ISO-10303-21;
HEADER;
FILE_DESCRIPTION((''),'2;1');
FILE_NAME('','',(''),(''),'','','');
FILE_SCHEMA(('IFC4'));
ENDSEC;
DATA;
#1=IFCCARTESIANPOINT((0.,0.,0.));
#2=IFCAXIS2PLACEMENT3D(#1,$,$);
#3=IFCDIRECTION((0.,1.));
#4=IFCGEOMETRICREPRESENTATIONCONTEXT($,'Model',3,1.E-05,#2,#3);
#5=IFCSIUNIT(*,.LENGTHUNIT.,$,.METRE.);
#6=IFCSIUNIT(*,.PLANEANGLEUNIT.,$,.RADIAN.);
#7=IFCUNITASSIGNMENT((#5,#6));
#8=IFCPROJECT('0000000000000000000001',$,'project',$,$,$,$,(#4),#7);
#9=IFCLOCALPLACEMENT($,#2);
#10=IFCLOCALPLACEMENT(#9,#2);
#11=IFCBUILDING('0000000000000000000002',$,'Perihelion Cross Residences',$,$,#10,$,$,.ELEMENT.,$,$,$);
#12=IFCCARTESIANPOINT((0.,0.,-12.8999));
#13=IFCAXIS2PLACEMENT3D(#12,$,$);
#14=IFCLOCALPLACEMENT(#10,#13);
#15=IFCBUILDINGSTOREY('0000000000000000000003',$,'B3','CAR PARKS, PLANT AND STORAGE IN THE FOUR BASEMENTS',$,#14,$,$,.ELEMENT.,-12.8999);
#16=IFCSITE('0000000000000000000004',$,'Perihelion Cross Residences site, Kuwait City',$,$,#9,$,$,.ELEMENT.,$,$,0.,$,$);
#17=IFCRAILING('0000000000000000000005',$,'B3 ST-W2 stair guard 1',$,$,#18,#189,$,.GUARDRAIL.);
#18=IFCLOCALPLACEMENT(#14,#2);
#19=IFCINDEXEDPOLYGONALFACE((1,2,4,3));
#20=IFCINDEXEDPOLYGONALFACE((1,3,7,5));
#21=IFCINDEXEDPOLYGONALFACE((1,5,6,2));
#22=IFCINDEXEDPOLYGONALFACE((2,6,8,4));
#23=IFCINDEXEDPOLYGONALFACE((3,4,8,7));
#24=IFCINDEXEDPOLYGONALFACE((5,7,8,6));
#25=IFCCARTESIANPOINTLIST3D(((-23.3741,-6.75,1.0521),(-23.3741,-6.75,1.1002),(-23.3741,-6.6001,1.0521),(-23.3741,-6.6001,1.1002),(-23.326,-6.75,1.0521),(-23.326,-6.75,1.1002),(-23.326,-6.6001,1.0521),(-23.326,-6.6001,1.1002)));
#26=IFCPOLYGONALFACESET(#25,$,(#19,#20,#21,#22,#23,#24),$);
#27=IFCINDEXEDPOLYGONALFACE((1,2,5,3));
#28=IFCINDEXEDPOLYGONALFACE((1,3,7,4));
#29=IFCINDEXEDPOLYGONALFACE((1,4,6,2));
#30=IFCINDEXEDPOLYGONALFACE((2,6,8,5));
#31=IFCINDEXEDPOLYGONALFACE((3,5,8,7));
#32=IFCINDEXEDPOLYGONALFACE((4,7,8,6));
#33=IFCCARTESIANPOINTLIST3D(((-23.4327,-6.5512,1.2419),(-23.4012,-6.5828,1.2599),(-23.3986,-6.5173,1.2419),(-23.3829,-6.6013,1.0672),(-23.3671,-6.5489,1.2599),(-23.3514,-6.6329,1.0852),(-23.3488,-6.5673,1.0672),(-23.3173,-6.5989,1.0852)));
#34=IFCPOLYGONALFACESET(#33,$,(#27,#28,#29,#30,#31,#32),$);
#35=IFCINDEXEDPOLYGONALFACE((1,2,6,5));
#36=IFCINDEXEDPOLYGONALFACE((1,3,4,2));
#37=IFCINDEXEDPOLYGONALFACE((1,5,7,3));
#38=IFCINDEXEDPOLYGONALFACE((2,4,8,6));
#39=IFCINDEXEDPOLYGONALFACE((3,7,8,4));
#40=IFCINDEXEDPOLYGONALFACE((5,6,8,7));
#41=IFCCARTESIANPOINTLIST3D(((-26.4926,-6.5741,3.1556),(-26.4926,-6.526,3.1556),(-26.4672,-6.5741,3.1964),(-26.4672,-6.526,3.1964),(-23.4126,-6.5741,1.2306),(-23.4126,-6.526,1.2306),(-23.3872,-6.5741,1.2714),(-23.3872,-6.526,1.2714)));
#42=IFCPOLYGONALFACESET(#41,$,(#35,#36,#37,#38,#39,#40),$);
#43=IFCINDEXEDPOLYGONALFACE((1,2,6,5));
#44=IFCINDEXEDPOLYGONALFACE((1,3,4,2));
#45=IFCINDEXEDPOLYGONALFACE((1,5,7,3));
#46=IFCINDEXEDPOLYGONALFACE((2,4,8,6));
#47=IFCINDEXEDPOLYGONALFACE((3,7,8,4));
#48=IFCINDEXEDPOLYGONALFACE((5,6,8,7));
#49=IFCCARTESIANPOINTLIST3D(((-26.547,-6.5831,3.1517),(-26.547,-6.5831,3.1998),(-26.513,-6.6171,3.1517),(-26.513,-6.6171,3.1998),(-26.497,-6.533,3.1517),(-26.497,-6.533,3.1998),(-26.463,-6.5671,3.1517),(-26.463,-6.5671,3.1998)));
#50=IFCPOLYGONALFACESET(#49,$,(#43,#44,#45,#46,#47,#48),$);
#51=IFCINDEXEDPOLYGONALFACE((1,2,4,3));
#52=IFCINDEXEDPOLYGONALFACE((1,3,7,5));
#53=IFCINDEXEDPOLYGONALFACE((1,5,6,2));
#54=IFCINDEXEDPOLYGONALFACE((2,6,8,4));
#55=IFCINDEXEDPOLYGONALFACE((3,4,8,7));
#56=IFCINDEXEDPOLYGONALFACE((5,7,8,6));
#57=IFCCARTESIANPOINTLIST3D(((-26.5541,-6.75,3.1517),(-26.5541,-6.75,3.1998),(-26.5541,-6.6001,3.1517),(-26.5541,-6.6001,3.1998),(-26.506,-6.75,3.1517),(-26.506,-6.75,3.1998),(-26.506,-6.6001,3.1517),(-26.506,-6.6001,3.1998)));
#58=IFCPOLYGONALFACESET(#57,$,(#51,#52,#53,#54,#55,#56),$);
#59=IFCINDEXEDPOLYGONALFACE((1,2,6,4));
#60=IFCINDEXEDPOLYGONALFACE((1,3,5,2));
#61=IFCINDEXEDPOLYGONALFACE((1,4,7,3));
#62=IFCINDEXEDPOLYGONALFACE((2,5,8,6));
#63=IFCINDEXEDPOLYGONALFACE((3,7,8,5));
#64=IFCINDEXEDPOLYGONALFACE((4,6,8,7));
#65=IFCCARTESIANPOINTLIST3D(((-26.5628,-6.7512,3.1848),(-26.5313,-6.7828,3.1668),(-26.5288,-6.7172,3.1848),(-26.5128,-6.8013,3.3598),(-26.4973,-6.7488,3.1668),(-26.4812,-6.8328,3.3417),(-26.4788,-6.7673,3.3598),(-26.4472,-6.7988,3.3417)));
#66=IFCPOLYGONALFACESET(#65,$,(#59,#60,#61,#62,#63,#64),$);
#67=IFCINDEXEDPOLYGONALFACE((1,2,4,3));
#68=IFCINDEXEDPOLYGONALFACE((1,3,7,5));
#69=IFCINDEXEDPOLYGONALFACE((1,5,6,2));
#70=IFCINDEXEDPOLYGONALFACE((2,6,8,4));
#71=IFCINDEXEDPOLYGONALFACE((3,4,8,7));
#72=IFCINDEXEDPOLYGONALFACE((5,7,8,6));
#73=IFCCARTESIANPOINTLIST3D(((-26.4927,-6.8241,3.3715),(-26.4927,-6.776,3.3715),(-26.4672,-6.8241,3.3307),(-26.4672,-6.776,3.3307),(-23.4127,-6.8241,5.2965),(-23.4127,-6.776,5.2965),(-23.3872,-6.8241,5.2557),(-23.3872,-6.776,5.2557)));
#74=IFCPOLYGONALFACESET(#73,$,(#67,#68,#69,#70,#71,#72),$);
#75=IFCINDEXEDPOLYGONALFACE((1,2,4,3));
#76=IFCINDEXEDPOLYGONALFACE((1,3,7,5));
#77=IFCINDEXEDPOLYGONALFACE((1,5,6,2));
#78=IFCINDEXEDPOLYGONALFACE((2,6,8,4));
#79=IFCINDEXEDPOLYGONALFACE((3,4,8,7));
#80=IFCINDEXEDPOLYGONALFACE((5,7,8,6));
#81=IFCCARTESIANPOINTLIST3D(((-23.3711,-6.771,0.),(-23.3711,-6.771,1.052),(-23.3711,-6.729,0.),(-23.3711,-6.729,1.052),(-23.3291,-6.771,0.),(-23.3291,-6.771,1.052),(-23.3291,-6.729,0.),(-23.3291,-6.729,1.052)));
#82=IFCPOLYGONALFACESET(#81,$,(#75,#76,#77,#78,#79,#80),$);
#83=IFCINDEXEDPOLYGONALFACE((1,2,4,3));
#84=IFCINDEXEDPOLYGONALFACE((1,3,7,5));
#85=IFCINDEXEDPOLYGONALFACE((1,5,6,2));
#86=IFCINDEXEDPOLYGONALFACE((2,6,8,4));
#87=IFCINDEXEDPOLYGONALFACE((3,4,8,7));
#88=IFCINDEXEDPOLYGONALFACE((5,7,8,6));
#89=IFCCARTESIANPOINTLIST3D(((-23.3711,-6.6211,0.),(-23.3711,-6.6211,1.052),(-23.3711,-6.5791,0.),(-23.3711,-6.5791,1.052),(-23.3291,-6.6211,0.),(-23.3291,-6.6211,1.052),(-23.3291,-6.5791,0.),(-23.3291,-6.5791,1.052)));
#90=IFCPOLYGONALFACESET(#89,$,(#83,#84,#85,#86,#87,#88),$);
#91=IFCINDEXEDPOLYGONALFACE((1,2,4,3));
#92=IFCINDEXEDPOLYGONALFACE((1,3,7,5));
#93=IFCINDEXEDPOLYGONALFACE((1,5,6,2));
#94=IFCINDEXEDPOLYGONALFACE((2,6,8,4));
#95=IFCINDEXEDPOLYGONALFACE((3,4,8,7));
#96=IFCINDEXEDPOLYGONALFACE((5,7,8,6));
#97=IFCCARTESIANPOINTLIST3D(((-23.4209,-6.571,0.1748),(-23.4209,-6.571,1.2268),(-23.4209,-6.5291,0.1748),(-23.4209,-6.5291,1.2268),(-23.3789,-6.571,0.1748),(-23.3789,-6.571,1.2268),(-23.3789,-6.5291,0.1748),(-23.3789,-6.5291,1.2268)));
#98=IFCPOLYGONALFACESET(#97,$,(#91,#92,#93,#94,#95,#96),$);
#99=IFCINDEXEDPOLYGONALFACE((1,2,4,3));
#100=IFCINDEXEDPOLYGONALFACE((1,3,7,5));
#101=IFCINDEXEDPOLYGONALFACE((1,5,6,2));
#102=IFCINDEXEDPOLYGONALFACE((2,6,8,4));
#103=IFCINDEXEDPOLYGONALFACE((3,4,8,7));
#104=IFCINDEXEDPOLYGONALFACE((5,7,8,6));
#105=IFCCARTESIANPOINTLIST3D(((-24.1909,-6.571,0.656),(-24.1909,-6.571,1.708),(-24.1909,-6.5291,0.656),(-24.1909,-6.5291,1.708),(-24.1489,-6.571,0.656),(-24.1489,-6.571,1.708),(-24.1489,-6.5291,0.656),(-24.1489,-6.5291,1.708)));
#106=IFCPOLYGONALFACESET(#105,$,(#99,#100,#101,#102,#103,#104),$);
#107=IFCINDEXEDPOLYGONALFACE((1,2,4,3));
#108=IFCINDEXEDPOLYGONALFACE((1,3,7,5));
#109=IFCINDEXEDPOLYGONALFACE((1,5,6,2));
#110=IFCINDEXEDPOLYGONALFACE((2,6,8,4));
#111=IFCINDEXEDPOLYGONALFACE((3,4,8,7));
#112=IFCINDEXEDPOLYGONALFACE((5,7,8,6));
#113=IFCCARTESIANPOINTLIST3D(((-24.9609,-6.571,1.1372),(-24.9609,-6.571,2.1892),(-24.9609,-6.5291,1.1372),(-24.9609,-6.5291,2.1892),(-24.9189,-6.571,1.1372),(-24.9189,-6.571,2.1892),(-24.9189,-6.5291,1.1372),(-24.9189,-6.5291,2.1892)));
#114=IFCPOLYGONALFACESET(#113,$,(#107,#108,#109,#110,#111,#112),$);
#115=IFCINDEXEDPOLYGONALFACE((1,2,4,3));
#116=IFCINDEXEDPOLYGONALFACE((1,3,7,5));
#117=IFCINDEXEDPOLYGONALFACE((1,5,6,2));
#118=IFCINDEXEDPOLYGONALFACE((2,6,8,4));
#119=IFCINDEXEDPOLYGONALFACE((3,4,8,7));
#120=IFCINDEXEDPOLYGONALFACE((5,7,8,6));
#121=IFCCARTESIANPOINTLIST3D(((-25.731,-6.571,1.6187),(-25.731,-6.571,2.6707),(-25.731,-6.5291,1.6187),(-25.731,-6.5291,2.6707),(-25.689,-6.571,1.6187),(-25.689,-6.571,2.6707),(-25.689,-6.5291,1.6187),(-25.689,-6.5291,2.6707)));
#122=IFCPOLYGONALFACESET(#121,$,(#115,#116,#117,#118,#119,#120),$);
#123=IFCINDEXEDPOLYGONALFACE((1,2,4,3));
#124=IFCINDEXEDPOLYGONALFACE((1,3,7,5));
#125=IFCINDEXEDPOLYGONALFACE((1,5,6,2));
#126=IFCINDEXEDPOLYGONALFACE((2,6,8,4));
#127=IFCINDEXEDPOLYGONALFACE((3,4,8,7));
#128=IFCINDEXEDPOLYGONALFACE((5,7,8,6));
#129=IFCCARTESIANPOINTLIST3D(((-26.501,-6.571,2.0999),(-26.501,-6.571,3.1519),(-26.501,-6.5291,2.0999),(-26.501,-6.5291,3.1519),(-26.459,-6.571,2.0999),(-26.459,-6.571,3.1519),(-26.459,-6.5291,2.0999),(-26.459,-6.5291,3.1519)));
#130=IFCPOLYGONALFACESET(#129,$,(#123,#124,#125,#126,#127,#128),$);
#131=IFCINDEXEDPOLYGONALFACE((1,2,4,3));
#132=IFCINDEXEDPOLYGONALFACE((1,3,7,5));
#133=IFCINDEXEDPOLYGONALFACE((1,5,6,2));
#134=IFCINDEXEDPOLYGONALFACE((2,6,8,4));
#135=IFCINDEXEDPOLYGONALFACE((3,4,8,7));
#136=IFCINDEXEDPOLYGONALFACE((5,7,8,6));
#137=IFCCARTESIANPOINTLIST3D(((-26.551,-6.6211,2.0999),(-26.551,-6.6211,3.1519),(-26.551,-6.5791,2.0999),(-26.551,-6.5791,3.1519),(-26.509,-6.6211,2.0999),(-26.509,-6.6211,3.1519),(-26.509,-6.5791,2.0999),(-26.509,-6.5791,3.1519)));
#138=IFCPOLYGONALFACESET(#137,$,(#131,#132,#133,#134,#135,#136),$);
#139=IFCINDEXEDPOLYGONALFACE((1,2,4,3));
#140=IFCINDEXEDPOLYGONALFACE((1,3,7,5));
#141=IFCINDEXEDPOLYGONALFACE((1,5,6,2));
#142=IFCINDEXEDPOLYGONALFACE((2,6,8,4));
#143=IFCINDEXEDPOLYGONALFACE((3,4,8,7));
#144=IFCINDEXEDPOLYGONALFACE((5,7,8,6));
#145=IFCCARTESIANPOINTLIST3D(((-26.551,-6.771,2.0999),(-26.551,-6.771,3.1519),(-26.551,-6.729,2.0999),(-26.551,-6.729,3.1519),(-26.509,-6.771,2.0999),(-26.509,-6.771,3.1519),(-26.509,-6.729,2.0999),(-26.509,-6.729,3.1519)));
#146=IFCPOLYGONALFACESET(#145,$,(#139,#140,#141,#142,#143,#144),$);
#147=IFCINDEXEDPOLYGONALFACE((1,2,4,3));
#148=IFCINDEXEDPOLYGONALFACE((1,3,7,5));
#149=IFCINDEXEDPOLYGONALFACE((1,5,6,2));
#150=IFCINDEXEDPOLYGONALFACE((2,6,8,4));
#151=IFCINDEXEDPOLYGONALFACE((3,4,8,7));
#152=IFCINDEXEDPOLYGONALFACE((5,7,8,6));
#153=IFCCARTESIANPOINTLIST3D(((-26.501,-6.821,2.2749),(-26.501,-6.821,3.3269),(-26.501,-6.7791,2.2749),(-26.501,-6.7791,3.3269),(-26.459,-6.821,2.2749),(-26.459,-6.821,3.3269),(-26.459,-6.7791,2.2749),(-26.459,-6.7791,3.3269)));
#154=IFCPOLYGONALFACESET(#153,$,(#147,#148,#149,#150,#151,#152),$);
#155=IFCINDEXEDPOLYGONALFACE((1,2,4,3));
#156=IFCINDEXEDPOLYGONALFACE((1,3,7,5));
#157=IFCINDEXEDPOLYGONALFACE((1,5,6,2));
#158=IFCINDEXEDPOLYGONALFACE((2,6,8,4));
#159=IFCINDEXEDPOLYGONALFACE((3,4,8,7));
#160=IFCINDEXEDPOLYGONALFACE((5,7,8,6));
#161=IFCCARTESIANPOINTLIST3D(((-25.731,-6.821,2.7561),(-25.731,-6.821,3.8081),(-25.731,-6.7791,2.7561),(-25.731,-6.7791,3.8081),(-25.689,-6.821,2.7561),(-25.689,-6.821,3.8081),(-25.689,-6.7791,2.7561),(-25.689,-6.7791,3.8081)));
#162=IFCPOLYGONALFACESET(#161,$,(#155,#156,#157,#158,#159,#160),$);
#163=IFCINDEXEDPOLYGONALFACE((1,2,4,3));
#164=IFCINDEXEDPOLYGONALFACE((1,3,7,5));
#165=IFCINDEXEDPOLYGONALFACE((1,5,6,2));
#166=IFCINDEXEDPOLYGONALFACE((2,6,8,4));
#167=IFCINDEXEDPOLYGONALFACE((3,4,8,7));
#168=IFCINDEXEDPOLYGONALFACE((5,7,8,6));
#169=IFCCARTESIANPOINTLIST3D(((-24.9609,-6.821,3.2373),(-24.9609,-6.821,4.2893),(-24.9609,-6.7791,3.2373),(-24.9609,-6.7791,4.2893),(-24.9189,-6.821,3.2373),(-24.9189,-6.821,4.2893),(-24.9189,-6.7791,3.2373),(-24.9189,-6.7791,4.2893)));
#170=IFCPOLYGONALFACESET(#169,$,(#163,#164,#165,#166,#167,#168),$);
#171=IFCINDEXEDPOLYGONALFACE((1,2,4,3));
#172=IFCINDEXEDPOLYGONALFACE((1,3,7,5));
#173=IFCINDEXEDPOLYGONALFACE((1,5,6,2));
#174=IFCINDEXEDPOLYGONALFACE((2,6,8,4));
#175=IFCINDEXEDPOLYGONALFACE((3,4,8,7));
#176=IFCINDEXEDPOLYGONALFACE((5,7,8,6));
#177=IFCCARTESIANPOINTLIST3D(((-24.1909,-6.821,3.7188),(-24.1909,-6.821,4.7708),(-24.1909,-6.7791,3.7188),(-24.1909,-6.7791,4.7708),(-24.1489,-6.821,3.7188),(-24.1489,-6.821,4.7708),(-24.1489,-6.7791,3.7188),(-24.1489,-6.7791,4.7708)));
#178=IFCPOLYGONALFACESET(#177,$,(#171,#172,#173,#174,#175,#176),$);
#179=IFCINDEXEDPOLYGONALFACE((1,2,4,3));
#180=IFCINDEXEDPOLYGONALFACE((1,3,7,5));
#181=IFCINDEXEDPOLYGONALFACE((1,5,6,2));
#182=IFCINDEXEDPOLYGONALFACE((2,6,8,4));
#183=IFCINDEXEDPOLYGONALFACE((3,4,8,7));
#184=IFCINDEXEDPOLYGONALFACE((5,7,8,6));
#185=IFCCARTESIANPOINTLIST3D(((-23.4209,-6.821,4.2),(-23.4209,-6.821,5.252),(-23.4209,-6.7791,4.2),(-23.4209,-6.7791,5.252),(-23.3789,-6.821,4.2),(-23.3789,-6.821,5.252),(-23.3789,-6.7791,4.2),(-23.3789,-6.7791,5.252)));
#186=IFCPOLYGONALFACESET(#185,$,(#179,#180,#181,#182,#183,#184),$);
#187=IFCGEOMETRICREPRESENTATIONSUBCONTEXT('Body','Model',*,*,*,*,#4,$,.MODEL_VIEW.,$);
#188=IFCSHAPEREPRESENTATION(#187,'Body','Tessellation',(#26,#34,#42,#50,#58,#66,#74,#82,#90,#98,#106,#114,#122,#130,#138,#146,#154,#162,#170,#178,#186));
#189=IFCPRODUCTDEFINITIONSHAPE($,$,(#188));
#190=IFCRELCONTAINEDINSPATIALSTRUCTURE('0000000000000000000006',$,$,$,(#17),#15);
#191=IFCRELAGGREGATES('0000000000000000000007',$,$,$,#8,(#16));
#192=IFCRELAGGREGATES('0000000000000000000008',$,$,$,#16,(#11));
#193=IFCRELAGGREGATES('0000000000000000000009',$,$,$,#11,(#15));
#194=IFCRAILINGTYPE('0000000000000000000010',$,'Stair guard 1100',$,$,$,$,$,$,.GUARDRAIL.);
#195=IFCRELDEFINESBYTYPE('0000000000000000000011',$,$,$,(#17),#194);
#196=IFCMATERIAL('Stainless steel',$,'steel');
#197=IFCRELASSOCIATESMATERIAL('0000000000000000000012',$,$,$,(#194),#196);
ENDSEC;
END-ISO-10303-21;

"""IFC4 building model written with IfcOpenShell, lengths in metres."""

from ifc_helpers import new_model, si_unit, direction, frame, origin, origin_2d, place, context, subcontext, project, spatial, rectangle, extrude, material, type_object, element, save


model = new_model("IFC4")

# Units and contexts
model_context = context("Model", 3, precision=1e-05, world=origin(), true_north=direction((0.0, 1.0)))
body_context = subcontext(model_context, "Body", "Model", "MODEL_VIEW")
ifc_project = project(units=[si_unit("LENGTHUNIT", "METRE"), si_unit("PLANEANGLEUNIT", "RADIAN")], contexts=[model_context])

# Site, building, storey
site_placement = place(None, origin())
site = spatial("IfcSite", under=ifc_project, at=site_placement, Name="Perihelion Cross Residences site, Kuwait City", CompositionType="ELEMENT", RefElevation=0.0)
building_placement = place(site_placement, origin())
building = spatial("IfcBuilding", under=site, at=building_placement, Name="Perihelion Cross Residences", CompositionType="ELEMENT")
storey_placement = place(building_placement, frame((0.0, 0.0, -12.8999)))
storey = spatial("IfcBuildingStorey", under=building, at=storey_placement, Name="B3", Description="CAR PARKS, PLANT AND STORAGE IN THE FOUR BASEMENTS", CompositionType="ELEMENT", Elevation=-12.8999)

# Railing
ifc_material_1 = material(Name="Stainless steel", Category="steel")
railing_type_1 = type_object("IfcRailingType", Name="Stair guard 1100", PredefinedType="GUARDRAIL", material=ifc_material_1)
railing_1_placement = place(storey_placement, frame((-23.3501, -6.75, 0.0)))
element("IfcRailing", 1, at=railing_1_placement, inside=storey, type_object=railing_type_1, Name="B3 ST-W2 stair guard 1", PredefinedType="GUARDRAIL", context=body_context, shape_type="SweptSolid", body=[
    extrude(rectangle(XDim=0.0481, YDim=0.0481, at=origin_2d()), frame((0.0, 0.0, 1.0762), z_axis=(0.0, 1.0, 0.0), x_axis=(-1.0, 0.0, 0.0)), (0.0, 0.0, 1.0), 0.1499),
    extrude(rectangle(XDim=0.0481, YDim=0.0481, at=origin_2d()), frame((0.0, 0.1499, 1.0762), z_axis=(-0.264179, 0.265474, 0.927218), x_axis=(-0.708834, -0.705376, 0.0)), (0.0, 0.0, 1.0), 0.1885),
    extrude(rectangle(XDim=0.0481, YDim=0.0481, at=origin_2d()), frame((-0.0498, 0.2, 1.251), z_axis=(-0.847998, 0.0, 0.529999), x_axis=(0.0, -1.0, 0.0)), (0.0, 0.0, 1.0), 3.6321),
    extrude(rectangle(XDim=0.0481, YDim=0.0481, at=origin_2d()), frame((-3.1299, 0.2, 3.1758), z_axis=(-0.707107, -0.707107, 0.0), x_axis=(0.707107, -0.707107, 0.0)), (0.0, 0.0, 1.0), 0.0708),
    extrude(rectangle(XDim=0.0481, YDim=0.0481, at=origin_2d()), frame((-3.1799, 0.1499, 3.1758), z_axis=(0.0, -1.0, 0.0), x_axis=(1.0, 0.0, 0.0)), (0.0, 0.0, 1.0), 0.1499),
    extrude(rectangle(XDim=0.0481, YDim=0.0481, at=origin_2d()), frame((-3.1799, 0.0, 3.1758), z_axis=(0.265065, -0.265065, 0.927082), x_axis=(0.707107, 0.707107, 0.0)), (0.0, 0.0, 1.0), 0.1887),
    extrude(rectangle(XDim=0.0481, YDim=0.0481, at=origin_2d()), frame((-3.1299, -0.05, 3.3511), z_axis=(0.847998, 0.0, 0.529999), x_axis=(0.0, 1.0, 0.0)), (0.0, 0.0, 1.0), 3.6321),
    extrude(rectangle(XDim=0.042, YDim=0.042, at=origin_2d()), origin(), (0.0, 0.0, 1.0), 1.052),
    extrude(rectangle(XDim=0.042, YDim=0.042, at=origin_2d()), frame((0.0, 0.1499, 0.0)), (0.0, 0.0, 1.0), 1.052),
    extrude(rectangle(XDim=0.042, YDim=0.042, at=origin_2d()), frame((-0.0498, 0.2, 0.1748)), (0.0, 0.0, 1.0), 1.052),
    extrude(rectangle(XDim=0.042, YDim=0.042, at=origin_2d()), frame((-0.8198, 0.2, 0.656)), (0.0, 0.0, 1.0), 1.052),
    extrude(rectangle(XDim=0.042, YDim=0.042, at=origin_2d()), frame((-1.5898, 0.2, 1.1372)), (0.0, 0.0, 1.0), 1.052),
    extrude(rectangle(XDim=0.042, YDim=0.042, at=origin_2d()), frame((-2.3599, 0.2, 1.6187)), (0.0, 0.0, 1.0), 1.052),
    extrude(rectangle(XDim=0.042, YDim=0.042, at=origin_2d()), frame((-3.1299, 0.2, 2.0999)), (0.0, 0.0, 1.0), 1.052),
    extrude(rectangle(XDim=0.042, YDim=0.042, at=origin_2d()), frame((-3.1799, 0.1499, 2.0999)), (0.0, 0.0, 1.0), 1.052),
    extrude(rectangle(XDim=0.042, YDim=0.042, at=origin_2d()), frame((-3.1799, 0.0, 2.0999)), (0.0, 0.0, 1.0), 1.052),
    extrude(rectangle(XDim=0.042, YDim=0.042, at=origin_2d()), frame((-3.1299, -0.05, 2.2749)), (0.0, 0.0, 1.0), 1.052),
    extrude(rectangle(XDim=0.042, YDim=0.042, at=origin_2d()), frame((-2.3599, -0.05, 2.7561)), (0.0, 0.0, 1.0), 1.052),
    extrude(rectangle(XDim=0.042, YDim=0.042, at=origin_2d()), frame((-1.5898, -0.05, 3.2373)), (0.0, 0.0, 1.0), 1.052),
    extrude(rectangle(XDim=0.042, YDim=0.042, at=origin_2d()), frame((-0.8198, -0.05, 3.7188)), (0.0, 0.0, 1.0), 1.052),
    extrude(rectangle(XDim=0.042, YDim=0.042, at=origin_2d()), frame((-0.0498, -0.05, 4.2)), (0.0, 0.0, 1.0), 1.052),
])

save(model, "model.ifc")
